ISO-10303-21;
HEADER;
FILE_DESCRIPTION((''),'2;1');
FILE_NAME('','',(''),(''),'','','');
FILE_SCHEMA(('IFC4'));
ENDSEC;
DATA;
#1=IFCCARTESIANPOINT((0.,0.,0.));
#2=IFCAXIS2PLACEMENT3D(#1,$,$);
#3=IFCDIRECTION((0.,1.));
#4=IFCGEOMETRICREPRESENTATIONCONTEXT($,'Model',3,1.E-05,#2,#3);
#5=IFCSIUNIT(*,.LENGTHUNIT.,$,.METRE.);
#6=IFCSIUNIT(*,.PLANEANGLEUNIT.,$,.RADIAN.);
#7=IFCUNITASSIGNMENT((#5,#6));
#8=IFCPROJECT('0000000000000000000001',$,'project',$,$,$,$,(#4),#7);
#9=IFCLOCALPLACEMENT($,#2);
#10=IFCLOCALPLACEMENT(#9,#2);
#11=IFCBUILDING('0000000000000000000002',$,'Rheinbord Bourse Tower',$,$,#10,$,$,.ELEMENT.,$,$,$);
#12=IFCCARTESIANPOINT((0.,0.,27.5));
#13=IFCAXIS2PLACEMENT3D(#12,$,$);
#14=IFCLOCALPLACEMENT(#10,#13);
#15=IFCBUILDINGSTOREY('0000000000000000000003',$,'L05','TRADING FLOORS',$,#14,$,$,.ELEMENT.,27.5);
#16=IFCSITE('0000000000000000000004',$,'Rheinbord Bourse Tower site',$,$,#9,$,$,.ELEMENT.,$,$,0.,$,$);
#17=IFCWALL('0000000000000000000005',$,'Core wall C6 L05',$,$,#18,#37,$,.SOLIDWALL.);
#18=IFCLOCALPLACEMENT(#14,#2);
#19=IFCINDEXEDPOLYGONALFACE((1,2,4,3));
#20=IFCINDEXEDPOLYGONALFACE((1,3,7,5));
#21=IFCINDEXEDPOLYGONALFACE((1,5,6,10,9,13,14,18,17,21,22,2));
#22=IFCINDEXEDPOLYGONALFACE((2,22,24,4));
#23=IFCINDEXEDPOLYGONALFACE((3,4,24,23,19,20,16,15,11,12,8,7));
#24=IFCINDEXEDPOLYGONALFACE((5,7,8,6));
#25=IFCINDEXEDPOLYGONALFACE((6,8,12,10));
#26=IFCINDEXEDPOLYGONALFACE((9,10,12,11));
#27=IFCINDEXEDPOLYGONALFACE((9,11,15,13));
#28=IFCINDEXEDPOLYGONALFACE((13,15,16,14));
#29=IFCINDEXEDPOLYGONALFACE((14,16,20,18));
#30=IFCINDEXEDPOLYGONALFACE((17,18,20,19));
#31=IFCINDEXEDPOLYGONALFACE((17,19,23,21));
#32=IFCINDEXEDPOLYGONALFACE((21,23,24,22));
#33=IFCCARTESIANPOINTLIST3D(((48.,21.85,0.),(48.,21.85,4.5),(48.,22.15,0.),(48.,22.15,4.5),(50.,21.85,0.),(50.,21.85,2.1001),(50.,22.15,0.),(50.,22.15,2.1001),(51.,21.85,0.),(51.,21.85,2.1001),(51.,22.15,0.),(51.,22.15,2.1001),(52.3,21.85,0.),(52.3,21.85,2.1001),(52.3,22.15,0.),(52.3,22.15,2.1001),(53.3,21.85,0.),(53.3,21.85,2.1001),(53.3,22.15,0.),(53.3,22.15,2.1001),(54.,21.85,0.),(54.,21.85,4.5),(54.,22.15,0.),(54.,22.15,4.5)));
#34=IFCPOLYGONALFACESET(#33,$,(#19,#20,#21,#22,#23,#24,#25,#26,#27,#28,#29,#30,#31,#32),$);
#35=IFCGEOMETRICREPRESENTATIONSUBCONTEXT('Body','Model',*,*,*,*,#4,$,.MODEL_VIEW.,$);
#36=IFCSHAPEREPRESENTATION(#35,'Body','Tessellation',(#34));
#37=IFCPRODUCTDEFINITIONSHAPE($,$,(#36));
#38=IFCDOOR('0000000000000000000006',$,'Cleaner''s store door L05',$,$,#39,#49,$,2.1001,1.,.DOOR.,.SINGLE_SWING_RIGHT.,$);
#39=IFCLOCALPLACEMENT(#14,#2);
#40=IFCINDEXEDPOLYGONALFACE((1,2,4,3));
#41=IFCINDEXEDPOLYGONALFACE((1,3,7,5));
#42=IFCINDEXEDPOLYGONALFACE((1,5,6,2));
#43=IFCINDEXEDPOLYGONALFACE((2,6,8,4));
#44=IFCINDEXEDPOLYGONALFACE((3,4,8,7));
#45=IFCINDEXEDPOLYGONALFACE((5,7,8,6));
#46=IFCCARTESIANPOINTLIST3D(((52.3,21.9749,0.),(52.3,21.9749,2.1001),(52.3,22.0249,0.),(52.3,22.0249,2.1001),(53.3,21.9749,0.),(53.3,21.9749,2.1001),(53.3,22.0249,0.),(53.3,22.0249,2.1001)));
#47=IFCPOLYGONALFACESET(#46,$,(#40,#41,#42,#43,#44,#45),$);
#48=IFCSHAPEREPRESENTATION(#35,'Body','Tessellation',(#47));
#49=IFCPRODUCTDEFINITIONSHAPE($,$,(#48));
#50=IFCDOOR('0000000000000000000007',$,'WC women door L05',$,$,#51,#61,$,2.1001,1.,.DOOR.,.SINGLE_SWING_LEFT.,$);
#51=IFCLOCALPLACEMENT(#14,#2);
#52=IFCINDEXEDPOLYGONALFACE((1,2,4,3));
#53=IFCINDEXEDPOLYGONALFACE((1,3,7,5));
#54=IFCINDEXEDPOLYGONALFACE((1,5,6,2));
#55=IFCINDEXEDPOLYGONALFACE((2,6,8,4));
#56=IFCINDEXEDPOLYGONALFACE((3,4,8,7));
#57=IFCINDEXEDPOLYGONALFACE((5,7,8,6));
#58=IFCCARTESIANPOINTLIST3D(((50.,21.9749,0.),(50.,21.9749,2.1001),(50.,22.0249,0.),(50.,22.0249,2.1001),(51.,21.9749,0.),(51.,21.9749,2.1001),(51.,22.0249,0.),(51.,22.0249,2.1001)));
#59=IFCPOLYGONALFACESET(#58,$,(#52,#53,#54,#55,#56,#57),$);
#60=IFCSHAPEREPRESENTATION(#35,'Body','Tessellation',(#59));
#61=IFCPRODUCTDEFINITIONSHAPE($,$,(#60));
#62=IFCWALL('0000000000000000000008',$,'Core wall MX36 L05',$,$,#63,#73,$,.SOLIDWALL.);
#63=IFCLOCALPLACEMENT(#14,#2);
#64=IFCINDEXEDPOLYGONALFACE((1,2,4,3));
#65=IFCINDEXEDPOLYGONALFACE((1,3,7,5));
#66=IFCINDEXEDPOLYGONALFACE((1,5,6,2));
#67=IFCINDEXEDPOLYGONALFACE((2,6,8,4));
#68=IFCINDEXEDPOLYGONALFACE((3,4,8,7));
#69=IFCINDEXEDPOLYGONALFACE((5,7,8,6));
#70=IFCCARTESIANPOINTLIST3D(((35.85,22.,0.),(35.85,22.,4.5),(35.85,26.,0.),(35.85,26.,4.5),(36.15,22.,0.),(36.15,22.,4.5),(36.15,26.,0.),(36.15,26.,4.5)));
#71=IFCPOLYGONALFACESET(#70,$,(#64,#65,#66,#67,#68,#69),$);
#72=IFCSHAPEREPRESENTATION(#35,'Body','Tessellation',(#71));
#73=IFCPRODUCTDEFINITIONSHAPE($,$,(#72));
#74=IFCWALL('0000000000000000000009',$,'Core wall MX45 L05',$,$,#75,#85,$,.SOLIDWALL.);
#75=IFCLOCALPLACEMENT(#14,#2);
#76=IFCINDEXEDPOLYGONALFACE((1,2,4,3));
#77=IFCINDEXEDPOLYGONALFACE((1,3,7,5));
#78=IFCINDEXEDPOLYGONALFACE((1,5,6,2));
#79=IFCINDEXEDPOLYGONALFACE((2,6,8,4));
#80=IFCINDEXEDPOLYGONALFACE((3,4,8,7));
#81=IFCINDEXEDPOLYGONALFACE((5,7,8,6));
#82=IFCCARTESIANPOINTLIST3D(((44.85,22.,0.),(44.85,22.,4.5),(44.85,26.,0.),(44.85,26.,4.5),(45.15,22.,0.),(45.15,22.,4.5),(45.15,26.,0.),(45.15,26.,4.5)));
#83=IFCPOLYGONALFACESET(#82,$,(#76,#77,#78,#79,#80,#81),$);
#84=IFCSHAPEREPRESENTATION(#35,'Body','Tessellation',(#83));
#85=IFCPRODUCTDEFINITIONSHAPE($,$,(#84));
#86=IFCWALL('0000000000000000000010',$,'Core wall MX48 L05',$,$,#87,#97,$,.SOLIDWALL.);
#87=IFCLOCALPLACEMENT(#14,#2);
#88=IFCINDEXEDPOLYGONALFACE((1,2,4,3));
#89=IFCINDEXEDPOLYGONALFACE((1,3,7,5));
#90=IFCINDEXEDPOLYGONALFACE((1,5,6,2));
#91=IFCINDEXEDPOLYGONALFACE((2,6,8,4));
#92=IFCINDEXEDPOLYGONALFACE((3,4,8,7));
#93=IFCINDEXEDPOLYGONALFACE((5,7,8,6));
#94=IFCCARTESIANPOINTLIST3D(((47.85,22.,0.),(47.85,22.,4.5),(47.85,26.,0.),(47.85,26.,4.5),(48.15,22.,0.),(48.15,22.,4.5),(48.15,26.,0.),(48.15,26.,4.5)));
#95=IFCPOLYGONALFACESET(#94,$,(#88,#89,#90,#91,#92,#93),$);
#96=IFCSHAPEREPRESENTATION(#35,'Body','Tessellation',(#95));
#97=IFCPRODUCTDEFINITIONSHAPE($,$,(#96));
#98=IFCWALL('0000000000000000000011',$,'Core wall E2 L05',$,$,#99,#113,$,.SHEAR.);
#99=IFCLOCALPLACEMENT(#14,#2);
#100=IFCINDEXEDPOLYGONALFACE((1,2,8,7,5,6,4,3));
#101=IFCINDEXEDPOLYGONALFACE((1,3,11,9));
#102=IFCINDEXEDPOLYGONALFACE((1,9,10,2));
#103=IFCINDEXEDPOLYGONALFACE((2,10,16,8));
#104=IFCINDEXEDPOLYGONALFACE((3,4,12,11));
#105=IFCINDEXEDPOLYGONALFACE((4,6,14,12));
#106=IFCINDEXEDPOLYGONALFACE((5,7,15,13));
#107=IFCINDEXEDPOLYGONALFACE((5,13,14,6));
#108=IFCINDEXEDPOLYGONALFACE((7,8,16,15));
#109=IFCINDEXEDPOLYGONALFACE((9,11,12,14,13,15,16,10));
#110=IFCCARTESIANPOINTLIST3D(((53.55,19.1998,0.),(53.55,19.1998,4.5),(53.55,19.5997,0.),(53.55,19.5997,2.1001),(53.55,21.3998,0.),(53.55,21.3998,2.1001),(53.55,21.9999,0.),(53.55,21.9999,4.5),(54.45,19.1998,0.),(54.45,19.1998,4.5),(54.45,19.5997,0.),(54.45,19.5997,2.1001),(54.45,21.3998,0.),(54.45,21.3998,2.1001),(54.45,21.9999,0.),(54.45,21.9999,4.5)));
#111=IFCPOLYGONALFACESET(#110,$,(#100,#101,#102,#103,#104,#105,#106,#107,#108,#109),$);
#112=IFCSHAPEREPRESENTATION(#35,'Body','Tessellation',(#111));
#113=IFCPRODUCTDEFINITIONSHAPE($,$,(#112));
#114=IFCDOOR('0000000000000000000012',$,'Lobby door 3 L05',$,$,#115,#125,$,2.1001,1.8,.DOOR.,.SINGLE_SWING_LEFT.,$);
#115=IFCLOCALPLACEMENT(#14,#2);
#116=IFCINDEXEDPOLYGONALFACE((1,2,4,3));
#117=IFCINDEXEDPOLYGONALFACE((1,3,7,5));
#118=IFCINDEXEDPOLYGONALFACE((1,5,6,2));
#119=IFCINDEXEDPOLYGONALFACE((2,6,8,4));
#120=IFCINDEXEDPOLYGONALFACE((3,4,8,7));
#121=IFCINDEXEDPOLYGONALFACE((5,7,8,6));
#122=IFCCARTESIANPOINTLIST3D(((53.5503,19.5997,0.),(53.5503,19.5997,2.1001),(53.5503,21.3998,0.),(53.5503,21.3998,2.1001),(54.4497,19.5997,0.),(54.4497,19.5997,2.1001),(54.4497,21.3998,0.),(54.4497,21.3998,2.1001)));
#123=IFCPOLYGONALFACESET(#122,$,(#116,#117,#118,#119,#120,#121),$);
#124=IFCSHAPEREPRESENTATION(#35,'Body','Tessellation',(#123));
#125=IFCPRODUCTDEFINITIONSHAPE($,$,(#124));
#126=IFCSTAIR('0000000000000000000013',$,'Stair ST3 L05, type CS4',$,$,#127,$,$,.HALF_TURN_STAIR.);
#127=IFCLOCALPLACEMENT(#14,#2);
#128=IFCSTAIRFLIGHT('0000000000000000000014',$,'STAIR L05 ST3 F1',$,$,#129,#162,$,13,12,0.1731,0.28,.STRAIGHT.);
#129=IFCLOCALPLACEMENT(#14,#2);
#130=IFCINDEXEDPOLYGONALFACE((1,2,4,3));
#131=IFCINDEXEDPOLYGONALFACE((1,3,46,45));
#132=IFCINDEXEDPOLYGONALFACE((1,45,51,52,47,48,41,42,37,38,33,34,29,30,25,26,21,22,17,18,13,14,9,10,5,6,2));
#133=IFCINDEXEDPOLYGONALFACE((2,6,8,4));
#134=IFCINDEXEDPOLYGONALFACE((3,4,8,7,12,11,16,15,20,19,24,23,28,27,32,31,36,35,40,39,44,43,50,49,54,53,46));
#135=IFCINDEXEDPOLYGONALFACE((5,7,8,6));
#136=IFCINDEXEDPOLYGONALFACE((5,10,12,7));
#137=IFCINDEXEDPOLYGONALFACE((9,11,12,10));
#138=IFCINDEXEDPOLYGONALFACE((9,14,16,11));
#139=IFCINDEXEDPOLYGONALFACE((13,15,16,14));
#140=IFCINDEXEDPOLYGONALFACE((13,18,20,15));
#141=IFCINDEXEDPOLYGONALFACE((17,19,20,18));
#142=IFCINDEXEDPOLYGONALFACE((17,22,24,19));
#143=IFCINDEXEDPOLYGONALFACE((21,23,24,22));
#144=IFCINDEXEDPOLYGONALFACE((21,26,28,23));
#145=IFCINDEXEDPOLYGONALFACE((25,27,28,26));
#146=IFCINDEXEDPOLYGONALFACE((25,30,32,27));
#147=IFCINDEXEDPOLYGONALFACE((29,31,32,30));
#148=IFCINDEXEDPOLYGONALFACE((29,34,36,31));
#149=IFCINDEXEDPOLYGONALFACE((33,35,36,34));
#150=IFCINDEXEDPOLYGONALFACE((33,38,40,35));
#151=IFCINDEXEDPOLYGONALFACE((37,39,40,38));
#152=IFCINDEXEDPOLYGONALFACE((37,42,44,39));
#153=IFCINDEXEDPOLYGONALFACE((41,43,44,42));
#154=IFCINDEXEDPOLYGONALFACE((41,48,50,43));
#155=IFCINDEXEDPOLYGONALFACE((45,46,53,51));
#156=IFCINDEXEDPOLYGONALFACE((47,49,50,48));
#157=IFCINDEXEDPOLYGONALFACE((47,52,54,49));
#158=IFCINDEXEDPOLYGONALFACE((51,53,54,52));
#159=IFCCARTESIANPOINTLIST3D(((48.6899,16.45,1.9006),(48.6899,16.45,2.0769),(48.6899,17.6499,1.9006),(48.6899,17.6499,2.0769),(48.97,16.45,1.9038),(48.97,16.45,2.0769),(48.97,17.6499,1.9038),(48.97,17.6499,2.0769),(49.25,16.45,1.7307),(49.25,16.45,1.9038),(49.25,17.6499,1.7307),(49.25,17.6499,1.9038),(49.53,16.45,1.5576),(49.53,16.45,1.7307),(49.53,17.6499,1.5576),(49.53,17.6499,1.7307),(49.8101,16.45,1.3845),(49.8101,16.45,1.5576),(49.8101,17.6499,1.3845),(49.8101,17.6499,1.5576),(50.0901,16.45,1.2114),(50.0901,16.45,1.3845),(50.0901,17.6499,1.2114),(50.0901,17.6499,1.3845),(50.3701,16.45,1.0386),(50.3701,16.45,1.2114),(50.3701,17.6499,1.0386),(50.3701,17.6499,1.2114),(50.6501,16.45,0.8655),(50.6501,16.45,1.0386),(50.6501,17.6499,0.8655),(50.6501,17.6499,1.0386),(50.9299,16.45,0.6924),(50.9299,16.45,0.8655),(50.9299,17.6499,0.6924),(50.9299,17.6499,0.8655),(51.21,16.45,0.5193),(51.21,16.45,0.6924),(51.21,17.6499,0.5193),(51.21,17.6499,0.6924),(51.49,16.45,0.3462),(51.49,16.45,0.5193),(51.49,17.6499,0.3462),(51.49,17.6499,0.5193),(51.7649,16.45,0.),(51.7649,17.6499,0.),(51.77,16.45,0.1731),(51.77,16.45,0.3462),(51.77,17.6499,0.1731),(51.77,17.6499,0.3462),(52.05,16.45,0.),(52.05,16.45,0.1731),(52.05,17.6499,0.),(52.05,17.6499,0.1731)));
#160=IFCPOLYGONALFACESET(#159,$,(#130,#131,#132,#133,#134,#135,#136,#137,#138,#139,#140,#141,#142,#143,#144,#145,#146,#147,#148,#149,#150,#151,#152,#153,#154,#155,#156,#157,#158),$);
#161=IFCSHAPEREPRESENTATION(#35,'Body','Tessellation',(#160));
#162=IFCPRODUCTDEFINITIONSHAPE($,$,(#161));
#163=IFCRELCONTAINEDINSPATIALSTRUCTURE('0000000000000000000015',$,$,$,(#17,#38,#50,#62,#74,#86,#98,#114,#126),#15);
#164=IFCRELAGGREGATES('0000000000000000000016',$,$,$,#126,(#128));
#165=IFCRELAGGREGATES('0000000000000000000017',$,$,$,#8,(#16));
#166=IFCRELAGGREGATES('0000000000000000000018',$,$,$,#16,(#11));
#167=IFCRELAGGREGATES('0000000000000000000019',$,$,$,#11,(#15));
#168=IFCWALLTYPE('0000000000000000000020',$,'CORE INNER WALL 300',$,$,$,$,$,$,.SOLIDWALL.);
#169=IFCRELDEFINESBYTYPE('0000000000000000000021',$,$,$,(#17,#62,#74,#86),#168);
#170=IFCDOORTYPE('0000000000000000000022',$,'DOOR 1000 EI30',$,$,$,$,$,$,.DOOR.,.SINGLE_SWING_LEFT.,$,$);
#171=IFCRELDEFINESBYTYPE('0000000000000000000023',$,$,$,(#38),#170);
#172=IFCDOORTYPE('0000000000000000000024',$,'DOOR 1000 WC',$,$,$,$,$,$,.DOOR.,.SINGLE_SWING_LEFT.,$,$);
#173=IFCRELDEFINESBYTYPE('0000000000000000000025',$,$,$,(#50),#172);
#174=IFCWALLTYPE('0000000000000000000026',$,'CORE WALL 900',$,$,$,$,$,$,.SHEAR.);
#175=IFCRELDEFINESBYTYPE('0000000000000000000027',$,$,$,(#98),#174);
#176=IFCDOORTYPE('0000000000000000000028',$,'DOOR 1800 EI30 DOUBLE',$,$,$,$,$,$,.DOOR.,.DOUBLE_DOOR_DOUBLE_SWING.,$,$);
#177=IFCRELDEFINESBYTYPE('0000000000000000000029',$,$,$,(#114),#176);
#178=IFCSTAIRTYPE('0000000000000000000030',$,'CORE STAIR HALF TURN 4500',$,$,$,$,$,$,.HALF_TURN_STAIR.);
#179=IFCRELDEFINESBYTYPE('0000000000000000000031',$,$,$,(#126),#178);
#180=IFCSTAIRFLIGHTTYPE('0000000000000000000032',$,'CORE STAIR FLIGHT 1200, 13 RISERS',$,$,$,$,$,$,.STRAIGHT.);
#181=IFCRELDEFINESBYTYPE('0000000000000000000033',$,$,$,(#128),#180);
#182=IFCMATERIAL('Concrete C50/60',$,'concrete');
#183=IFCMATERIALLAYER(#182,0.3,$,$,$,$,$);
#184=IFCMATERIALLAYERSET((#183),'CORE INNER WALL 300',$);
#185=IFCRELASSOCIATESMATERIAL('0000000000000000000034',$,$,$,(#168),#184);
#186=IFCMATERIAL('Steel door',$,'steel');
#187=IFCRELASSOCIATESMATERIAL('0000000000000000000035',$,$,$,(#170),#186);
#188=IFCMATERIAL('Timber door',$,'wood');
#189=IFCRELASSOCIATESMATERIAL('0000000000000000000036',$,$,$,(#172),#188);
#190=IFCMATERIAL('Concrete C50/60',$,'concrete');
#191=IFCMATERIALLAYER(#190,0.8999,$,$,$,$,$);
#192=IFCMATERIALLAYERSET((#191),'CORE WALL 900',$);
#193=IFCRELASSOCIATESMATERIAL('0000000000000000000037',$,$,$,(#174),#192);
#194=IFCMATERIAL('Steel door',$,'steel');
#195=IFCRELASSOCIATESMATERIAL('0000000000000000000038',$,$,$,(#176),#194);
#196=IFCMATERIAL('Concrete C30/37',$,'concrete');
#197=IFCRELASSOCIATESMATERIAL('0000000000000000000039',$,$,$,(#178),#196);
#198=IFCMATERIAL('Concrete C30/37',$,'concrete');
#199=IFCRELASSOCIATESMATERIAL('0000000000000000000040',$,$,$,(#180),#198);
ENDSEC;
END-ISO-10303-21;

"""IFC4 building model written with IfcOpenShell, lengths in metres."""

from ifc_helpers import new_model, si_unit, direction, frame, frame_2d, origin, place, context, subcontext, project, spatial, polyline, rectangle, outline, extrude, material, layer, layer_set, type_object, element, fill, aggregate, save


model = new_model("IFC4")

# Units and contexts
model_context = context("Model", 3, precision=1e-05, world=origin(), true_north=direction((0.0, 1.0)))
body_context = subcontext(model_context, "Body", "Model", "MODEL_VIEW")
ifc_project = project(units=[si_unit("LENGTHUNIT", "METRE"), si_unit("PLANEANGLEUNIT", "RADIAN")], contexts=[model_context])

# Site, building, storey
site_placement = place(None, origin())
site = spatial("IfcSite", under=ifc_project, at=site_placement, Name="Rheinbord Bourse Tower site", CompositionType="ELEMENT", RefElevation=0.0)
building_placement = place(site_placement, origin())
building = spatial("IfcBuilding", under=site, at=building_placement, Name="Rheinbord Bourse Tower", CompositionType="ELEMENT")
storey_placement = place(building_placement, frame((0.0, 0.0, 27.5)))
storey = spatial("IfcBuildingStorey", under=building, at=storey_placement, Name="L05", Description="TRADING FLOORS", CompositionType="ELEMENT", Elevation=27.5)

# Shared definitions
ifc_material_1 = material(Name="Concrete C50/60", Category="concrete")
ifc_layer_1 = layer(ifc_material_1, 0.3)
ifc_layer_set_1 = layer_set([ifc_layer_1], Name="CORE INNER WALL 300")
wall_type_1 = type_object("IfcWallType", Name="CORE INNER WALL 300", PredefinedType="SOLIDWALL", material=ifc_layer_set_1)

# Shared definitions
ifc_material_2 = material(Name="Steel door", Category="steel")
door_type_1 = type_object("IfcDoorType", Name="DOOR 1000 EI30", OperationType="SINGLE_SWING_LEFT", PredefinedType="DOOR", material=ifc_material_2)
ifc_material_3 = material(Name="Timber door", Category="wood")
door_type_2 = type_object("IfcDoorType", Name="DOOR 1000 WC", OperationType="SINGLE_SWING_LEFT", PredefinedType="DOOR", material=ifc_material_3)

# Wall, openings, doors
wall_1_placement = place(storey_placement, frame((48.0, 22.0, 0.0), z_axis=(0.0, 0.0, 1.0), x_axis=(1.0, 0.0, 0.0)))
wall_1 = element("IfcWall", 1, at=wall_1_placement, inside=storey, type_object=wall_type_1, Name="Core wall C6 L05", PredefinedType="SOLIDWALL", context=body_context, shape_type="SweptSolid", body=[
    extrude(rectangle(XDim=6.0, YDim=0.3, at=frame_2d((3.0, 0.0))), origin(), (0.0, 0.0, 1.0), 4.5),
])
opening_1_placement = place(wall_1_placement, frame((2.0, 0.0, 0.0)))
opening_1 = element("IfcOpeningElement", 2, at=opening_1_placement, cuts=wall_1, PredefinedType="OPENING", context=body_context, shape_type="SweptSolid", body=[
    extrude(rectangle(XDim=1.0, YDim=2.1001, at=frame_2d((0.5, 1.05))), frame((0.0, 0.1599, 0.0), z_axis=(0.0, -1.0, 0.0), x_axis=(1.0, 0.0, 0.0)), (0.0, 0.0, 1.0), 0.3201),
])
opening_2_placement = place(wall_1_placement, frame((4.3, 0.0, 0.0)))
opening_2 = element("IfcOpeningElement", 3, at=opening_2_placement, cuts=wall_1, PredefinedType="OPENING", context=body_context, shape_type="SweptSolid", body=[
    extrude(rectangle(XDim=1.0, YDim=2.1001, at=frame_2d((0.5, 1.05))), frame((0.0, 0.1599, 0.0), z_axis=(0.0, -1.0, 0.0), x_axis=(1.0, 0.0, 0.0)), (0.0, 0.0, 1.0), 0.3201),
])
door_1_placement = place(opening_2_placement, origin())
door_1 = element("IfcDoor", 4, at=door_1_placement, inside=storey, type_object=door_type_1, Name="Cleaner's store door L05", OperationType="SINGLE_SWING_RIGHT", OverallHeight=2.1001, OverallWidth=1.0, PredefinedType="DOOR", context=body_context, shape_type="SweptSolid", body=[
    extrude(rectangle(XDim=1.0, YDim=2.1001, at=frame_2d((0.5, 1.05))), frame((0.0, 0.0249, 0.0), z_axis=(0.0, -1.0, 0.0), x_axis=(1.0, 0.0, 0.0)), (0.0, 0.0, 1.0), 0.05),
])
fill(opening_2, door_1)
door_2_placement = place(opening_1_placement, origin())
door_2 = element("IfcDoor", 5, at=door_2_placement, inside=storey, type_object=door_type_2, Name="WC women door L05", OperationType="SINGLE_SWING_LEFT", OverallHeight=2.1001, OverallWidth=1.0, PredefinedType="DOOR", context=body_context, shape_type="SweptSolid", body=[
    extrude(rectangle(XDim=1.0, YDim=2.1001, at=frame_2d((0.5, 1.05))), frame((0.0, 0.0249, 0.0), z_axis=(0.0, -1.0, 0.0), x_axis=(1.0, 0.0, 0.0)), (0.0, 0.0, 1.0), 0.05),
])
fill(opening_1, door_2)

# Walls
for number, where, z_axis, x_axis, name in (
    (6, (36.0, 22.0, 0.0), (0.0, 0.0, 1.0), (0.0, 1.0, 0.0), "Core wall MX36 L05"),
    (7, (45.0, 22.0, 0.0), (0.0, 0.0, 1.0), (0.0, 1.0, 0.0), "Core wall MX45 L05"),
    (8, (48.0, 22.0, 0.0), (0.0, 0.0, 1.0), (0.0, 1.0, 0.0), "Core wall MX48 L05"),
):
    element("IfcWall", number, at=place(storey_placement, frame(where, z_axis=z_axis, x_axis=x_axis)), inside=storey, type_object=wall_type_1, Name=name, PredefinedType="SOLIDWALL", context=body_context, shape_type="SweptSolid", body=[
        extrude(rectangle(XDim=4.0, YDim=0.3, at=frame_2d((2.0, 0.0))), origin(), (0.0, 0.0, 1.0), 4.5),
    ])

# Wall, opening, door
ifc_material_4 = material(Name="Concrete C50/60", Category="concrete")
ifc_layer_2 = layer(ifc_material_4, 0.8999)
ifc_layer_set_2 = layer_set([ifc_layer_2], Name="CORE WALL 900")
wall_type_2 = type_object("IfcWallType", Name="CORE WALL 900", PredefinedType="SHEAR", material=ifc_layer_set_2)
wall_2_placement = place(storey_placement, frame((54.0, 19.2, 0.0), z_axis=(0.0, 0.0, 1.0), x_axis=(0.0, 1.0, 0.0)))
wall_2 = element("IfcWall", 9, at=wall_2_placement, inside=storey, type_object=wall_type_2, Name="Core wall E2 L05", PredefinedType="SHEAR", context=body_context, shape_type="SweptSolid", body=[
    extrude(rectangle(XDim=2.8, YDim=0.8999, at=frame_2d((1.3999, 0.0))), origin(), (0.0, 0.0, 1.0), 4.5),
])
opening_3_placement = place(wall_2_placement, frame((0.3999, 0.0, 0.0)))
opening_3 = element("IfcOpeningElement", 10, at=opening_3_placement, cuts=wall_2, PredefinedType="OPENING", context=body_context, shape_type="SweptSolid", body=[
    extrude(rectangle(XDim=1.8, YDim=2.1001, at=frame_2d((0.8999, 1.05))), frame((0.0, 0.46, 0.0), z_axis=(0.0, -1.0, 0.0), x_axis=(1.0, 0.0, 0.0)), (0.0, 0.0, 1.0), 0.9199),
])
ifc_material_5 = material(Name="Steel door", Category="steel")
door_type_3 = type_object("IfcDoorType", Name="DOOR 1800 EI30 DOUBLE", OperationType="DOUBLE_DOOR_DOUBLE_SWING", PredefinedType="DOOR", material=ifc_material_5)
door_3_placement = place(opening_3_placement, origin())
door_3 = element("IfcDoor", 11, at=door_3_placement, inside=storey, type_object=door_type_3, Name="Lobby door 3 L05", OperationType="SINGLE_SWING_LEFT", OverallHeight=2.1001, OverallWidth=1.8, PredefinedType="DOOR", context=body_context, shape_type="SweptSolid", body=[
    extrude(rectangle(XDim=1.8, YDim=2.1001, at=frame_2d((0.8999, 1.05))), frame((0.0, 0.4497, 0.0), z_axis=(0.0, -1.0, 0.0), x_axis=(1.0, 0.0, 0.0)), (0.0, 0.0, 1.0), 0.8994),
])
fill(opening_3, door_3)

# Stair, stair flight
ifc_material_6 = material(Name="Concrete C30/37", Category="concrete")
stair_type = type_object("IfcStairType", Name="CORE STAIR HALF TURN 4500", PredefinedType="HALF_TURN_STAIR", material=ifc_material_6)
stair_placement = place(storey_placement, origin())
stair = element("IfcStair", 12, at=stair_placement, inside=storey, type_object=stair_type, Name="Stair ST3 L05, type CS4", PredefinedType="HALF_TURN_STAIR")
ifc_material_7 = material(Name="Concrete C30/37", Category="concrete")
stair_flight_type = type_object("IfcStairFlightType", Name="CORE STAIR FLIGHT 1200, 13 RISERS", PredefinedType="STRAIGHT", material=ifc_material_7)
stair_flight_1_placement = place(storey_placement, frame((52.05, 17.05, 0.0), z_axis=(0.0, 0.0, 1.0), x_axis=(-1.0, 0.0, 0.0)))
stair_flight_1 = element("IfcStairFlight", 13, at=stair_flight_1_placement, type_object=stair_flight_type, Name="STAIR L05 ST3 F1", NumberOfRisers=13, NumberOfTreads=12, PredefinedType="STRAIGHT", RiserHeight=0.1731, TreadLength=0.28, context=body_context, shape_type="SweptSolid", body=[
    extrude(outline(polyline([(0.0, 0.0), (0.0, 0.1731), (0.28, 0.1731), (0.28, 0.3462), (0.5601, 0.3462), (0.5601, 0.5193), (0.8401, 0.5193), (0.8401, 0.6924), (1.1201, 0.6924), (1.1201, 0.8655), (1.3999, 0.8655), (1.3999, 1.0386), (1.6799, 1.0386), (1.6799, 1.2114), (1.96, 1.2114), (1.96, 1.3845), (2.24, 1.3845), (2.24, 1.5576), (2.52, 1.5576), (2.52, 1.7307), (2.8, 1.7307), (2.8, 1.9038), (3.0801, 1.9038), (3.0801, 2.0769), (3.3601, 2.0769), (3.3601, 2.25), (3.3601, 1.9006), (0.2852, 0.0), (0.0, 0.0)])), frame((0.0, 0.6001, 0.0), z_axis=(0.0, -1.0, 0.0), x_axis=(1.0, 0.0, 0.0)), (0.0, 0.0, 1.0), 1.2),
])
aggregate(stair, [stair_flight_1])

save(model, "model.ifc")
